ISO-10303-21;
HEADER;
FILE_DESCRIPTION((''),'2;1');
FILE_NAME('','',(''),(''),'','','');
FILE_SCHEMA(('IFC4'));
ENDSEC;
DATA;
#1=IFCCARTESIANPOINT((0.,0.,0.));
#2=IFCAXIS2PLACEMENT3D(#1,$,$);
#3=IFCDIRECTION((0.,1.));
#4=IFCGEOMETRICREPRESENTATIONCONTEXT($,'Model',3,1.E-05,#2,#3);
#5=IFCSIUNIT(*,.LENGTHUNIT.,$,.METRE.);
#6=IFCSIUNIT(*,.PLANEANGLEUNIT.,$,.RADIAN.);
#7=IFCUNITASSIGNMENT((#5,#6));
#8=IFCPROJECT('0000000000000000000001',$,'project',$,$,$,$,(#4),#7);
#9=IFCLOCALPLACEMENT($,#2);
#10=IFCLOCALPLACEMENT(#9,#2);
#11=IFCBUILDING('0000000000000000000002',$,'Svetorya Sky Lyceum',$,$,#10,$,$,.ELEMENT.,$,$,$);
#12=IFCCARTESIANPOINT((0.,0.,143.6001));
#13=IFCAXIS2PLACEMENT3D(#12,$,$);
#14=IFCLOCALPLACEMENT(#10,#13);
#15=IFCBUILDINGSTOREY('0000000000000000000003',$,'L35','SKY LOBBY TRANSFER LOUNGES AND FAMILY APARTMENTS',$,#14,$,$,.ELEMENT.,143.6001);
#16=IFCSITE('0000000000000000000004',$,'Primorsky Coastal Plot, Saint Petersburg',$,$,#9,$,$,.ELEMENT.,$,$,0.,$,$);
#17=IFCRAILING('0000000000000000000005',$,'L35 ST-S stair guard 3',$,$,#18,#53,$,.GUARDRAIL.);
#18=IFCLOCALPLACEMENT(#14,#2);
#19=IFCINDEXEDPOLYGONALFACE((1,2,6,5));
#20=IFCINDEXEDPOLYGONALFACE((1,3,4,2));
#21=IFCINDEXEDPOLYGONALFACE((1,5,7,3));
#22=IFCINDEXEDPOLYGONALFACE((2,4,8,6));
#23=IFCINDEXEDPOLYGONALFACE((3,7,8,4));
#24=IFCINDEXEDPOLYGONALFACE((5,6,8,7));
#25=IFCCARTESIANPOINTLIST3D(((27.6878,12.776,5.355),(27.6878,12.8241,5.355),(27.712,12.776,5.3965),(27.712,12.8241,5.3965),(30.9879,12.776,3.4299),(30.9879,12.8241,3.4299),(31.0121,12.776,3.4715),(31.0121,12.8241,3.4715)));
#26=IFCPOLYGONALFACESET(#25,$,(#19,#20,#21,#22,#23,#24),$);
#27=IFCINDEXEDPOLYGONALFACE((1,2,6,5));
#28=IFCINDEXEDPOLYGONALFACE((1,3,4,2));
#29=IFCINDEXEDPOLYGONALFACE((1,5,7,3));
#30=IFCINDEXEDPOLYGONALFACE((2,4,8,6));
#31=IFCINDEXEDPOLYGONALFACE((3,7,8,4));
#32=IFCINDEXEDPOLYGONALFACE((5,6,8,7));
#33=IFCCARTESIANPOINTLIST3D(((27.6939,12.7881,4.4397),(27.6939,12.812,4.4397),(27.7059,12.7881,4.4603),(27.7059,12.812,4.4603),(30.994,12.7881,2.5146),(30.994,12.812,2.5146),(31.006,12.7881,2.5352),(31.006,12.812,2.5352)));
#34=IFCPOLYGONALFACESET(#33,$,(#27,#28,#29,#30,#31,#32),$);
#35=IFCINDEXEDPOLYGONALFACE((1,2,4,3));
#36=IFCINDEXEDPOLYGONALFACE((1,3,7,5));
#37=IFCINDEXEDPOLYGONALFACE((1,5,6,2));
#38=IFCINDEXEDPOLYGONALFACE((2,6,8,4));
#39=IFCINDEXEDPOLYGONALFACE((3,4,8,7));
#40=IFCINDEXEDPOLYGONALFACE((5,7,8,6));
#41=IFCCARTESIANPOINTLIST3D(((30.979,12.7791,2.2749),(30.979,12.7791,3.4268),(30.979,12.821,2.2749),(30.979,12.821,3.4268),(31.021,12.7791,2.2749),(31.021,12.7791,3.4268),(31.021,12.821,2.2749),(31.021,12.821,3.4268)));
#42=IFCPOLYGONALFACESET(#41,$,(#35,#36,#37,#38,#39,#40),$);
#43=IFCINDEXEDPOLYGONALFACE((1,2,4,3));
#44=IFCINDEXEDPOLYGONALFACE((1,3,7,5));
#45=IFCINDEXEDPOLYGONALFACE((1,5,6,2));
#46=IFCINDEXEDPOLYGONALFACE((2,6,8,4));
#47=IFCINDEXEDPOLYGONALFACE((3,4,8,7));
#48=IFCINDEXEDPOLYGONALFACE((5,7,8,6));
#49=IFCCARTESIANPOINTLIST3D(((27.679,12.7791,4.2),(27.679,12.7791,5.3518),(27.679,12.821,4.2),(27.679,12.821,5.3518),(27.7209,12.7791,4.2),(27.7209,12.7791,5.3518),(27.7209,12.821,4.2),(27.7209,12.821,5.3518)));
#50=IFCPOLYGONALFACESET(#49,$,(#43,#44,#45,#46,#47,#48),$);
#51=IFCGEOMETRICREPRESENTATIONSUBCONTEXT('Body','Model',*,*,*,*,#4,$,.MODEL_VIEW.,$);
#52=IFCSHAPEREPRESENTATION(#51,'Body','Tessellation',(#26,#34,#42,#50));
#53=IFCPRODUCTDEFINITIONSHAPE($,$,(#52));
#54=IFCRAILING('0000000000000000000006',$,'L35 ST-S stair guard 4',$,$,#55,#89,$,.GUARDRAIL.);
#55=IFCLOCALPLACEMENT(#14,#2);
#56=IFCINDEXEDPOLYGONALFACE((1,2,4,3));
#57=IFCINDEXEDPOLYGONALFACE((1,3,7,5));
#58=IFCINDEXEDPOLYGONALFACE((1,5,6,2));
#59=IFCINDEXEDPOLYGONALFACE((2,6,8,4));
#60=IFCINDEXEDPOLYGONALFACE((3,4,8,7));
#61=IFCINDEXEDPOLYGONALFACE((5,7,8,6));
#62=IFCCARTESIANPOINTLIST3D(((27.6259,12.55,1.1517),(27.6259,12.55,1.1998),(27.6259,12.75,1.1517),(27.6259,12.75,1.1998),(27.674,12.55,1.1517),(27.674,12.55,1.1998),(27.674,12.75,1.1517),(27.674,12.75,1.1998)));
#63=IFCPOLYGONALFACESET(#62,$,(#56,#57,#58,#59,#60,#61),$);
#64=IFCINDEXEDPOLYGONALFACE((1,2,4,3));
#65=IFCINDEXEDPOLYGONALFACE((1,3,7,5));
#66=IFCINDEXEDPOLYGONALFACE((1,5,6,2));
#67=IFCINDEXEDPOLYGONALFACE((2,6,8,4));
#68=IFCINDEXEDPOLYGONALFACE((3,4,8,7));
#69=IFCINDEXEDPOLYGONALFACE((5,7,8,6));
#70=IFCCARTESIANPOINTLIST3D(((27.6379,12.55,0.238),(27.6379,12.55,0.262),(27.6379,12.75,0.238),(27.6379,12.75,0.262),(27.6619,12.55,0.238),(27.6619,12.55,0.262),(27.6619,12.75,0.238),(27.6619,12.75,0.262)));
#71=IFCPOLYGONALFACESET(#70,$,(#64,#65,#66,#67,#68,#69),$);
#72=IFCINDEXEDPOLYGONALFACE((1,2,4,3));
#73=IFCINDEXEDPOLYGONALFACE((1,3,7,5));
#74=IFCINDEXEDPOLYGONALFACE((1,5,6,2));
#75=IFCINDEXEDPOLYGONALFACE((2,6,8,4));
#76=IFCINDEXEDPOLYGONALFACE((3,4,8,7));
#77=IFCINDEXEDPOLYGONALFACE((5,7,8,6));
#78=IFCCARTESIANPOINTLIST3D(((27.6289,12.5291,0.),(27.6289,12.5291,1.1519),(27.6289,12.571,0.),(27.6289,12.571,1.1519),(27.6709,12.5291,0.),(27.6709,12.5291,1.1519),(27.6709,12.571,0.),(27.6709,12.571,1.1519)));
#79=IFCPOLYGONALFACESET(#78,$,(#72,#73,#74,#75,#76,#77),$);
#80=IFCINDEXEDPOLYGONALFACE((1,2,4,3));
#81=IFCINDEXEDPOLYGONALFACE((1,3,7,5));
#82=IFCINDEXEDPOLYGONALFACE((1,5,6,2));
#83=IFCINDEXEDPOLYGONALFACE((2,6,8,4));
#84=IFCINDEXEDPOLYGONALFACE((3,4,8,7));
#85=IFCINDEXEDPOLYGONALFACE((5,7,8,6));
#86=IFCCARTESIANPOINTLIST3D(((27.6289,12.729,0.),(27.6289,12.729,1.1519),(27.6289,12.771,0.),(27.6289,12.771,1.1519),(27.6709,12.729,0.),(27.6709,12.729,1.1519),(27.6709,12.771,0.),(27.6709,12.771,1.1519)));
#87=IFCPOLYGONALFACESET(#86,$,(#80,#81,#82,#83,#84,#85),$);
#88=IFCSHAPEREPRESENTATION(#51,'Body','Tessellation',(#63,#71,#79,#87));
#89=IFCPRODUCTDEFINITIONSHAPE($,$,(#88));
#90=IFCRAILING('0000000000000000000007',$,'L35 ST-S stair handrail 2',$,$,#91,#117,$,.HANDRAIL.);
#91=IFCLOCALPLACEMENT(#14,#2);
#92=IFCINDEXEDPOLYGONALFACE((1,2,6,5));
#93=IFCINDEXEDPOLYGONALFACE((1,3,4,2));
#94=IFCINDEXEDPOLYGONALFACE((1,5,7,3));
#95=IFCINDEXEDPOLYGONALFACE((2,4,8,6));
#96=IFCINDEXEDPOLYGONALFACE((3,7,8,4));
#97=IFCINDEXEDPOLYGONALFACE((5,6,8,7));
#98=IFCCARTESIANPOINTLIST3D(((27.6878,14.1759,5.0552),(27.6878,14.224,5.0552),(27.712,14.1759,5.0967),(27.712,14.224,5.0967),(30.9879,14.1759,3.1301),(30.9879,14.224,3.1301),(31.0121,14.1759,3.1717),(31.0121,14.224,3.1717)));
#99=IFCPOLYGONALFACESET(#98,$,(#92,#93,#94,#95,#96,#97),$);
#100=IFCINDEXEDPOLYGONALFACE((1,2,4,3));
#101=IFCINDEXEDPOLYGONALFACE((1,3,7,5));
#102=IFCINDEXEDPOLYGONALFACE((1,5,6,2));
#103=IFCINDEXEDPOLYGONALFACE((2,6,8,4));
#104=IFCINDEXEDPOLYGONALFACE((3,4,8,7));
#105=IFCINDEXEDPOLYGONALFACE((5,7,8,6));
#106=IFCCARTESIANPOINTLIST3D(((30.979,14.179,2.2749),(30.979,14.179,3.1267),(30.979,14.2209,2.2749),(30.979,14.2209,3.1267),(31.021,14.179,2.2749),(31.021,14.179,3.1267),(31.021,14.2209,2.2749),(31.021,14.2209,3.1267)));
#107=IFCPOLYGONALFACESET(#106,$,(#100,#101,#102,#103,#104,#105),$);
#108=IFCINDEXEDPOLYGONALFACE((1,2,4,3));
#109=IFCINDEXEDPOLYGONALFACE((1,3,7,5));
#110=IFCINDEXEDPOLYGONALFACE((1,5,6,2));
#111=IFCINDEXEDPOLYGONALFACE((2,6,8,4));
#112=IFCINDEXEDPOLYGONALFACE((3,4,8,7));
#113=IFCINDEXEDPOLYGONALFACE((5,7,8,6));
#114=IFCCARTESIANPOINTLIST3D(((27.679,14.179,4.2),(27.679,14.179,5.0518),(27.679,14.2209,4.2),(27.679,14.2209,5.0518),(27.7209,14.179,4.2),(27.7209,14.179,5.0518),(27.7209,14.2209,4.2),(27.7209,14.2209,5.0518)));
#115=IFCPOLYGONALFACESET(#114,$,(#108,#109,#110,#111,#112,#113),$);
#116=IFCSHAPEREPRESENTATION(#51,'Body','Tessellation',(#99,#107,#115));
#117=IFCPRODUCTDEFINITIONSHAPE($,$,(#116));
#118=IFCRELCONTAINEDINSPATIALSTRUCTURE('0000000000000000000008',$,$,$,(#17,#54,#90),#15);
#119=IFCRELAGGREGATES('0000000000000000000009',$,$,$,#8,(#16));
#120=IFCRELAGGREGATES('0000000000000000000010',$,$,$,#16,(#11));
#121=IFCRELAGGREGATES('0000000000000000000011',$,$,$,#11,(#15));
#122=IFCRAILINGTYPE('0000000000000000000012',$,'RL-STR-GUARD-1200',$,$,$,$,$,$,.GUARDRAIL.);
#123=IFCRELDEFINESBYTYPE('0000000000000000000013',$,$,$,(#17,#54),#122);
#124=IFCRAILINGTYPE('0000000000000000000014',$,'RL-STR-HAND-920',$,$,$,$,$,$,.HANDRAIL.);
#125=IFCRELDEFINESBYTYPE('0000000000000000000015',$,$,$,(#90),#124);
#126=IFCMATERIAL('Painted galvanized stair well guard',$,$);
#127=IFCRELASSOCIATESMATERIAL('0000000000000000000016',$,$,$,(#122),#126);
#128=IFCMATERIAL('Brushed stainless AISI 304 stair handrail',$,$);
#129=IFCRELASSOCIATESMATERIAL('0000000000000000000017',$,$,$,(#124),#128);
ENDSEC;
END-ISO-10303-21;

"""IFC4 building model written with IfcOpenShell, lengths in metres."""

from ifc_helpers import new_model, si_unit, direction, frame, origin, origin_2d, place, context, subcontext, project, spatial, rectangle, extrude, material, type_object, element, save


model = new_model("IFC4")

# Units and contexts
model_context = context("Model", 3, precision=1e-05, world=origin(), true_north=direction((0.0, 1.0)))
body_context = subcontext(model_context, "Body", "Model", "MODEL_VIEW")
ifc_project = project(units=[si_unit("LENGTHUNIT", "METRE"), si_unit("PLANEANGLEUNIT", "RADIAN")], contexts=[model_context])

# Site, building, storey
site_placement = place(None, origin())
site = spatial("IfcSite", under=ifc_project, at=site_placement, Name="Primorsky Coastal Plot, Saint Petersburg", CompositionType="ELEMENT", RefElevation=0.0)
building_placement = place(site_placement, origin())
building = spatial("IfcBuilding", under=site, at=building_placement, Name="Svetorya Sky Lyceum", CompositionType="ELEMENT")
storey_placement = place(building_placement, frame((0.0, 0.0, 143.6001)))
storey = spatial("IfcBuildingStorey", under=building, at=storey_placement, Name="L35", Description="SKY LOBBY TRANSFER LOUNGES AND FAMILY APARTMENTS", CompositionType="ELEMENT", Elevation=143.6001)

# Railings
ifc_material_1 = material(Name="Painted galvanized stair well guard")
railing_type_1 = type_object("IfcRailingType", Name="RL-STR-GUARD-1200", PredefinedType="GUARDRAIL", material=ifc_material_1)
railing_1_placement = place(storey_placement, frame((31.0, 12.8, 2.2749)))
element("IfcRailing", 1, at=railing_1_placement, inside=storey, type_object=railing_type_1, Name="L35 ST-S stair guard 3", PredefinedType="GUARDRAIL", context=body_context, shape_type="SweptSolid", body=[
    extrude(rectangle(XDim=0.0481, YDim=0.0481, at=origin_2d()), frame((0.0, 0.0, 1.1758), z_axis=(-0.863777, 0.0, 0.503875), x_axis=(0.0, -1.0, 0.0)), (0.0, 0.0, 1.0), 3.8206),
    extrude(rectangle(XDim=0.0239, YDim=0.0239, at=origin_2d()), frame((0.0, 0.0, 0.25), z_axis=(-0.863777, 0.0, 0.503875), x_axis=(0.0, -1.0, 0.0)), (0.0, 0.0, 1.0), 3.8206),
    extrude(rectangle(XDim=0.042, YDim=0.042, at=origin_2d()), origin(), (0.0, 0.0, 1.0), 1.1519),
    extrude(rectangle(XDim=0.042, YDim=0.042, at=origin_2d()), frame((-3.3, 0.0, 1.925)), (0.0, 0.0, 1.0), 1.1519),
])
railing_2_placement = place(storey_placement, frame((27.6499, 12.55, 0.0)))
element("IfcRailing", 2, at=railing_2_placement, inside=storey, type_object=railing_type_1, Name="L35 ST-S stair guard 4", PredefinedType="GUARDRAIL", context=body_context, shape_type="SweptSolid", body=[
    extrude(rectangle(XDim=0.0481, YDim=0.0481, at=origin_2d()), frame((0.0, 0.0, 1.1758), z_axis=(0.0, 1.0, 0.0), x_axis=(-1.0, 0.0, 0.0)), (0.0, 0.0, 1.0), 0.2),
    extrude(rectangle(XDim=0.0239, YDim=0.0239, at=origin_2d()), frame((0.0, 0.0, 0.25), z_axis=(0.0, 1.0, 0.0), x_axis=(-1.0, 0.0, 0.0)), (0.0, 0.0, 1.0), 0.2),
    extrude(rectangle(XDim=0.042, YDim=0.042, at=origin_2d()), origin(), (0.0, 0.0, 1.0), 1.1519),
    extrude(rectangle(XDim=0.042, YDim=0.042, at=origin_2d()), frame((0.0, 0.2, 0.0)), (0.0, 0.0, 1.0), 1.1519),
])
ifc_material_2 = material(Name="Brushed stainless AISI 304 stair handrail")
railing_type_2 = type_object("IfcRailingType", Name="RL-STR-HAND-920", PredefinedType="HANDRAIL", material=ifc_material_2)
railing_3_placement = place(storey_placement, frame((31.0, 14.2, 2.2749)))
element("IfcRailing", 3, at=railing_3_placement, inside=storey, type_object=railing_type_2, Name="L35 ST-S stair handrail 2", PredefinedType="HANDRAIL", context=body_context, shape_type="SweptSolid", body=[
    extrude(rectangle(XDim=0.0481, YDim=0.0481, at=origin_2d()), frame((0.0, 0.0, 0.876), z_axis=(-0.863777, 0.0, 0.503875), x_axis=(0.0, -1.0, 0.0)), (0.0, 0.0, 1.0), 3.8206),
    extrude(rectangle(XDim=0.042, YDim=0.042, at=origin_2d()), origin(), (0.0, 0.0, 1.0), 0.8518),
    extrude(rectangle(XDim=0.042, YDim=0.042, at=origin_2d()), frame((-3.3, 0.0, 1.925)), (0.0, 0.0, 1.0), 0.8518),
])

save(model, "model.ifc")
